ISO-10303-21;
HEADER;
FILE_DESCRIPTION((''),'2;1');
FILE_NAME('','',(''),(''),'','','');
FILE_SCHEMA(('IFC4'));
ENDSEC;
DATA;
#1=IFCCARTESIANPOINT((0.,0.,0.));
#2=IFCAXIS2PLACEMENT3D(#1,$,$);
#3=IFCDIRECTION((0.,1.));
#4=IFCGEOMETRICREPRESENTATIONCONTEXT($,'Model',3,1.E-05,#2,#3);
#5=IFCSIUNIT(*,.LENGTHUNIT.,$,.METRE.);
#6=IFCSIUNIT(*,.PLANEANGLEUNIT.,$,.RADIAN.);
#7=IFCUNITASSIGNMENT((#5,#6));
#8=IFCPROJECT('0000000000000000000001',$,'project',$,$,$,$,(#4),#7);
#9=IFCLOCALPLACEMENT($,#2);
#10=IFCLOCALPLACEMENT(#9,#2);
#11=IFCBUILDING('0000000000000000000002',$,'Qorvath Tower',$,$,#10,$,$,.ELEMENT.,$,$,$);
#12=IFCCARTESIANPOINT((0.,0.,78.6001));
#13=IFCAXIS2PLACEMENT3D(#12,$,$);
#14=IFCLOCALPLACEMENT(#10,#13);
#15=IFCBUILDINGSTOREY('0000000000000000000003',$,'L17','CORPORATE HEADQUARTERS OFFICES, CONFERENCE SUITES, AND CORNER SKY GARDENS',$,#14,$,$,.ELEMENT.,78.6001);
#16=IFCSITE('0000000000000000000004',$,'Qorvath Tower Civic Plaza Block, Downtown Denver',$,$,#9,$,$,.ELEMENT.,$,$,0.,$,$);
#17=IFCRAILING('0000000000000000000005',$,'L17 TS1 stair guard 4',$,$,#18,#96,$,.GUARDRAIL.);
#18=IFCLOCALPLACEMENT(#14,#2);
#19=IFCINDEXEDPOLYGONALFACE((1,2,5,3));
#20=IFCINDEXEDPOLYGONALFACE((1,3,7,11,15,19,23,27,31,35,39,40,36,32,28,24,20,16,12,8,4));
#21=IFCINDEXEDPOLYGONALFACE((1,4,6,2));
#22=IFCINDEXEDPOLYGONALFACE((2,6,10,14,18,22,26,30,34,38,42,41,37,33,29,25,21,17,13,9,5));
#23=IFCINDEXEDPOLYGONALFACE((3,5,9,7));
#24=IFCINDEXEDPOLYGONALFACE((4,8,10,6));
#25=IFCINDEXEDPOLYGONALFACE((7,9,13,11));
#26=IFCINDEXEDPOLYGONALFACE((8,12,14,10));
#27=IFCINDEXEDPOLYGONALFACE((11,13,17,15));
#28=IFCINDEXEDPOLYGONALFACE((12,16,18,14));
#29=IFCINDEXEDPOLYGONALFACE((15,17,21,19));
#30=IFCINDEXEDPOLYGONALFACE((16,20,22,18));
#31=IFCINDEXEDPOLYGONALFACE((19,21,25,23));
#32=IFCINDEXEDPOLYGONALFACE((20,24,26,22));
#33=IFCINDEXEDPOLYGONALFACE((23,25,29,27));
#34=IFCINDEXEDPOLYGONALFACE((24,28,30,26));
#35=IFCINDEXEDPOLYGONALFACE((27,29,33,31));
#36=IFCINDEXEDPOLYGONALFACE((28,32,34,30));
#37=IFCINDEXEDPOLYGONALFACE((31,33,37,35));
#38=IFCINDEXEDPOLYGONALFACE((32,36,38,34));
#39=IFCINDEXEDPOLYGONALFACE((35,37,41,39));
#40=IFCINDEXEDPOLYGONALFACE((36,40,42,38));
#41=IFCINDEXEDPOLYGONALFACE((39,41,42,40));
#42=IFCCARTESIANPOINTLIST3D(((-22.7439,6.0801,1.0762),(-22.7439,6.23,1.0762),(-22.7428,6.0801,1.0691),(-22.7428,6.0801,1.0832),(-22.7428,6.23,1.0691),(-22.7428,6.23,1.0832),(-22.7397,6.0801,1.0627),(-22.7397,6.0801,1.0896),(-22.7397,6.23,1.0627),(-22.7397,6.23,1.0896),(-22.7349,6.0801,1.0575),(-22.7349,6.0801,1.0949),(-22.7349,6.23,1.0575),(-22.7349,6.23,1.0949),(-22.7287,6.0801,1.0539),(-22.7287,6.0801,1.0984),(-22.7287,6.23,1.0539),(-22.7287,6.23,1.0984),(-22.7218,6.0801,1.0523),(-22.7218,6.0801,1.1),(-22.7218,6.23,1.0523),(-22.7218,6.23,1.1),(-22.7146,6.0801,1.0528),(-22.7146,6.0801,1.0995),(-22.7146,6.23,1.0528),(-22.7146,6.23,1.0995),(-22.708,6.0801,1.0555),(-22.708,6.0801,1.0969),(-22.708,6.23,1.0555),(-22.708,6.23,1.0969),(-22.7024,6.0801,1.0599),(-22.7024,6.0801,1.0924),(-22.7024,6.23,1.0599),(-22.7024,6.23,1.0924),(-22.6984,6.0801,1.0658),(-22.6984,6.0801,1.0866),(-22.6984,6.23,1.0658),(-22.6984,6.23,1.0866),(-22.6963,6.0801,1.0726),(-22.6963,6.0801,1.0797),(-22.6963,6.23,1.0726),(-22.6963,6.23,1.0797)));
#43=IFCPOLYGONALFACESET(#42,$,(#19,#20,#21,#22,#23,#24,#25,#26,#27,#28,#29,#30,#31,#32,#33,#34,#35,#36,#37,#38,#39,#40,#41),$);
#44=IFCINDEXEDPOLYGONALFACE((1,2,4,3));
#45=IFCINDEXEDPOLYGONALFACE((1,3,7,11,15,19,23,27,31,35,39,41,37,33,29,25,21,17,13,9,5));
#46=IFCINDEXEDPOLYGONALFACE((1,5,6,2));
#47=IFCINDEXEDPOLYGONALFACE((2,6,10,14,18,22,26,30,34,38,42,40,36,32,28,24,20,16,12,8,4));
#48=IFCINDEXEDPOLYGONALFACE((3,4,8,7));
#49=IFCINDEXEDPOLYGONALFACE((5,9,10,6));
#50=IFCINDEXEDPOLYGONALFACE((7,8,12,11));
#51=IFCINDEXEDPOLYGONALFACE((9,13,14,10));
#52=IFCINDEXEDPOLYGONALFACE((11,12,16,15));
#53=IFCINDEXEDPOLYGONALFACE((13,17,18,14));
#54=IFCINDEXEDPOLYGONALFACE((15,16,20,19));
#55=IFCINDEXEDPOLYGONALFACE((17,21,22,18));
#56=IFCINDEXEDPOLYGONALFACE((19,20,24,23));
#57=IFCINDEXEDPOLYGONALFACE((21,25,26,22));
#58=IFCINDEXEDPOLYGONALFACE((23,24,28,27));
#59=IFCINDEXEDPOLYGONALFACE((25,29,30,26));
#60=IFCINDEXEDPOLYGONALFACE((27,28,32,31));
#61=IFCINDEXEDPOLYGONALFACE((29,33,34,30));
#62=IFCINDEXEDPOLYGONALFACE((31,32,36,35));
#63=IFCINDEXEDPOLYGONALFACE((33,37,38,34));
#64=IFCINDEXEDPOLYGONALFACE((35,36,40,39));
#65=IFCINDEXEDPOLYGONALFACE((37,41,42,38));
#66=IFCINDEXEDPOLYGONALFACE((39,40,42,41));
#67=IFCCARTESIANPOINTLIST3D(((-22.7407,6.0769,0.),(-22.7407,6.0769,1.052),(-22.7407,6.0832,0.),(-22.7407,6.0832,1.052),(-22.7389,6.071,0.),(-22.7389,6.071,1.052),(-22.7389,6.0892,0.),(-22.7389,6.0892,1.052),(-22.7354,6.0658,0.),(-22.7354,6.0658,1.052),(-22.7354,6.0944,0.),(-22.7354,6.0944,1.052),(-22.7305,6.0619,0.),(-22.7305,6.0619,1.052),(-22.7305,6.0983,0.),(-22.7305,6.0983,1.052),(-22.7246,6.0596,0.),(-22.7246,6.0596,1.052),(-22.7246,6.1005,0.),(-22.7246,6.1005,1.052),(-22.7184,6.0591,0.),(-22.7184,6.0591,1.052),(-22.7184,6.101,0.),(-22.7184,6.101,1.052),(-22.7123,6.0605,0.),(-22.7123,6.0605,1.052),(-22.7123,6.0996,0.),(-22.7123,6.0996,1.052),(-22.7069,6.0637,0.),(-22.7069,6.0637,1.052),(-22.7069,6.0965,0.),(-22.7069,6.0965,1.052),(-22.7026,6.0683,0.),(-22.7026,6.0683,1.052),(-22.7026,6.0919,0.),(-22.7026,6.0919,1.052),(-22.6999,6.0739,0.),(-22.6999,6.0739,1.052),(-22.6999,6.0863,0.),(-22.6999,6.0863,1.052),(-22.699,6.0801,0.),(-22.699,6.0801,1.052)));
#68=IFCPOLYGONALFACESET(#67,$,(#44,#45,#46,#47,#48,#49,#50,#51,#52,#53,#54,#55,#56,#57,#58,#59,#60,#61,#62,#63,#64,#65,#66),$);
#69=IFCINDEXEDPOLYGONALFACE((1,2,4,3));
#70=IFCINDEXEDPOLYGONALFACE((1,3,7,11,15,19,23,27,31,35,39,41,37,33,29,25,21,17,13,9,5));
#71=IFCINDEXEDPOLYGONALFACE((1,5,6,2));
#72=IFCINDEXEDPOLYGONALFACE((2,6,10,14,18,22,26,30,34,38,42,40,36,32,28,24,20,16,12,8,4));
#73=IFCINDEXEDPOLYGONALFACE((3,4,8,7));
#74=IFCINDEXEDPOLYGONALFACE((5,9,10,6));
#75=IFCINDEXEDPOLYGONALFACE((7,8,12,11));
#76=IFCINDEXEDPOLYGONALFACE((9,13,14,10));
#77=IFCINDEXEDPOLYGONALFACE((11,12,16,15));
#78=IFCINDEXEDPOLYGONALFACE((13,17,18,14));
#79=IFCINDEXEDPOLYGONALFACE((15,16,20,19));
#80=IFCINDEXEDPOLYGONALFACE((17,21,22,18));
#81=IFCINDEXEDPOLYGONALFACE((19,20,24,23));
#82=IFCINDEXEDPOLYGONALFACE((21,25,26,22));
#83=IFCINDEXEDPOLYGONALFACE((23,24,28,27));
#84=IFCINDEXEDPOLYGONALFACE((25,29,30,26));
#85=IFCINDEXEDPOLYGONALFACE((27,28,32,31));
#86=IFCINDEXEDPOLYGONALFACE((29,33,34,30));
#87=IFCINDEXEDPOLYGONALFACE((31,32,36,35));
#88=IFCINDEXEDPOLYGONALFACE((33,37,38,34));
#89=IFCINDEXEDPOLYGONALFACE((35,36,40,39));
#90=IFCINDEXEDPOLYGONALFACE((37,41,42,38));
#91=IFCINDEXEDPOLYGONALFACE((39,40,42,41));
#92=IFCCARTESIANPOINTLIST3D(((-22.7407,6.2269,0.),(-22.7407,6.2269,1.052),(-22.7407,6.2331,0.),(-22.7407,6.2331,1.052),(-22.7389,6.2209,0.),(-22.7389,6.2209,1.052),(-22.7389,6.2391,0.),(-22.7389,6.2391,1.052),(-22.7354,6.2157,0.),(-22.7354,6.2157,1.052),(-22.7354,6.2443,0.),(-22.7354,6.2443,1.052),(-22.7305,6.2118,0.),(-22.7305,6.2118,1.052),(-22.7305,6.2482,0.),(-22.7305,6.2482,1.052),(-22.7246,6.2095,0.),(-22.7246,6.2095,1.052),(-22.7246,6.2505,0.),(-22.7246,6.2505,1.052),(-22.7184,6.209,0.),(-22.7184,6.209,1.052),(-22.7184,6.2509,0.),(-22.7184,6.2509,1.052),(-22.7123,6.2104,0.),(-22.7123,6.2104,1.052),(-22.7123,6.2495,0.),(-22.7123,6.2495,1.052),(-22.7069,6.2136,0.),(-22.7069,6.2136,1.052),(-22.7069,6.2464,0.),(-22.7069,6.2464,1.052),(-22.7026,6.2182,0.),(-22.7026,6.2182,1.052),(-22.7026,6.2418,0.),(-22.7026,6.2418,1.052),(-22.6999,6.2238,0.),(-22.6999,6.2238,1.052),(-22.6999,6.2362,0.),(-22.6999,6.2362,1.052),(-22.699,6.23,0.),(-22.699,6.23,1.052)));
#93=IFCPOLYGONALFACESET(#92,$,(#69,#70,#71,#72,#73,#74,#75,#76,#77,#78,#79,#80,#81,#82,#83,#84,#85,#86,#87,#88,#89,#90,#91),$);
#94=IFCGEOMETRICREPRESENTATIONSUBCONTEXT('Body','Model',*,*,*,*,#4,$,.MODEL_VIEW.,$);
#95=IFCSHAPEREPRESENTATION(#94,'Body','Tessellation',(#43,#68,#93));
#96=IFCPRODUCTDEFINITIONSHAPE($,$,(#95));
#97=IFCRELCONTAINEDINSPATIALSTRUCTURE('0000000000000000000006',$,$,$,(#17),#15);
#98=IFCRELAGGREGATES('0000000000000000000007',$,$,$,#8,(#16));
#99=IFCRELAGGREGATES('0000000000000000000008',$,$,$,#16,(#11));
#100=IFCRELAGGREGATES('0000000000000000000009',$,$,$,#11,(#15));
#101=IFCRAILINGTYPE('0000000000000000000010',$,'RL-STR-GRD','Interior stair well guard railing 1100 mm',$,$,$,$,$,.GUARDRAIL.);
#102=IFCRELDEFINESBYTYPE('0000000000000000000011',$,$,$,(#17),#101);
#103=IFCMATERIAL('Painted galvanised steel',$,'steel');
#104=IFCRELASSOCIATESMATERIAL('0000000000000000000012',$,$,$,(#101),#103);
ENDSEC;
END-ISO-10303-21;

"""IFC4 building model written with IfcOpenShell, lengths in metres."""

from ifc_helpers import new_model, si_unit, direction, frame, origin, origin_2d, place, context, subcontext, project, spatial, circle, extrude, material, type_object, element, save


model = new_model("IFC4")

# Units and contexts
model_context = context("Model", 3, precision=1e-05, world=origin(), true_north=direction((0.0, 1.0)))
body_context = subcontext(model_context, "Body", "Model", "MODEL_VIEW")
ifc_project = project(units=[si_unit("LENGTHUNIT", "METRE"), si_unit("PLANEANGLEUNIT", "RADIAN")], contexts=[model_context])

# Site, building, storey
site_placement = place(None, origin())
site = spatial("IfcSite", under=ifc_project, at=site_placement, Name="Qorvath Tower Civic Plaza Block, Downtown Denver", CompositionType="ELEMENT", RefElevation=0.0)
building_placement = place(site_placement, origin())
building = spatial("IfcBuilding", under=site, at=building_placement, Name="Qorvath Tower", CompositionType="ELEMENT")
storey_placement = place(building_placement, frame((0.0, 0.0, 78.6001)))
storey = spatial("IfcBuildingStorey", under=building, at=storey_placement, Name="L17", Description="CORPORATE HEADQUARTERS OFFICES, CONFERENCE SUITES, AND CORNER SKY GARDENS", CompositionType="ELEMENT", Elevation=78.6001)

# Railing
ifc_material_1 = material(Name="Painted galvanised steel", Category="steel")
railing_type_1 = type_object("IfcRailingType", Name="RL-STR-GRD", Description="Interior stair well guard railing 1100 mm", PredefinedType="GUARDRAIL", material=ifc_material_1)
railing_1_placement = place(storey_placement, frame((-22.72, 6.0801, 0.0)))
element("IfcRailing", 1, at=railing_1_placement, inside=storey, type_object=railing_type_1, Name="L17 TS1 stair guard 4", PredefinedType="GUARDRAIL", context=body_context, shape_type="SweptSolid", body=[
    extrude(circle(Radius=0.0239, at=origin_2d()), frame((0.0, 0.0, 1.0762), z_axis=(0.0, 1.0, 0.0), x_axis=(-1.0, 0.0, 0.0)), (0.0, 0.0, 1.0), 0.1499),
    extrude(circle(Radius=0.021, at=origin_2d()), origin(), (0.0, 0.0, 1.0), 1.052),
    extrude(circle(Radius=0.021, at=origin_2d()), frame((0.0, 0.1499, 0.0)), (0.0, 0.0, 1.0), 1.052),
])

save(model, "model.ifc")
